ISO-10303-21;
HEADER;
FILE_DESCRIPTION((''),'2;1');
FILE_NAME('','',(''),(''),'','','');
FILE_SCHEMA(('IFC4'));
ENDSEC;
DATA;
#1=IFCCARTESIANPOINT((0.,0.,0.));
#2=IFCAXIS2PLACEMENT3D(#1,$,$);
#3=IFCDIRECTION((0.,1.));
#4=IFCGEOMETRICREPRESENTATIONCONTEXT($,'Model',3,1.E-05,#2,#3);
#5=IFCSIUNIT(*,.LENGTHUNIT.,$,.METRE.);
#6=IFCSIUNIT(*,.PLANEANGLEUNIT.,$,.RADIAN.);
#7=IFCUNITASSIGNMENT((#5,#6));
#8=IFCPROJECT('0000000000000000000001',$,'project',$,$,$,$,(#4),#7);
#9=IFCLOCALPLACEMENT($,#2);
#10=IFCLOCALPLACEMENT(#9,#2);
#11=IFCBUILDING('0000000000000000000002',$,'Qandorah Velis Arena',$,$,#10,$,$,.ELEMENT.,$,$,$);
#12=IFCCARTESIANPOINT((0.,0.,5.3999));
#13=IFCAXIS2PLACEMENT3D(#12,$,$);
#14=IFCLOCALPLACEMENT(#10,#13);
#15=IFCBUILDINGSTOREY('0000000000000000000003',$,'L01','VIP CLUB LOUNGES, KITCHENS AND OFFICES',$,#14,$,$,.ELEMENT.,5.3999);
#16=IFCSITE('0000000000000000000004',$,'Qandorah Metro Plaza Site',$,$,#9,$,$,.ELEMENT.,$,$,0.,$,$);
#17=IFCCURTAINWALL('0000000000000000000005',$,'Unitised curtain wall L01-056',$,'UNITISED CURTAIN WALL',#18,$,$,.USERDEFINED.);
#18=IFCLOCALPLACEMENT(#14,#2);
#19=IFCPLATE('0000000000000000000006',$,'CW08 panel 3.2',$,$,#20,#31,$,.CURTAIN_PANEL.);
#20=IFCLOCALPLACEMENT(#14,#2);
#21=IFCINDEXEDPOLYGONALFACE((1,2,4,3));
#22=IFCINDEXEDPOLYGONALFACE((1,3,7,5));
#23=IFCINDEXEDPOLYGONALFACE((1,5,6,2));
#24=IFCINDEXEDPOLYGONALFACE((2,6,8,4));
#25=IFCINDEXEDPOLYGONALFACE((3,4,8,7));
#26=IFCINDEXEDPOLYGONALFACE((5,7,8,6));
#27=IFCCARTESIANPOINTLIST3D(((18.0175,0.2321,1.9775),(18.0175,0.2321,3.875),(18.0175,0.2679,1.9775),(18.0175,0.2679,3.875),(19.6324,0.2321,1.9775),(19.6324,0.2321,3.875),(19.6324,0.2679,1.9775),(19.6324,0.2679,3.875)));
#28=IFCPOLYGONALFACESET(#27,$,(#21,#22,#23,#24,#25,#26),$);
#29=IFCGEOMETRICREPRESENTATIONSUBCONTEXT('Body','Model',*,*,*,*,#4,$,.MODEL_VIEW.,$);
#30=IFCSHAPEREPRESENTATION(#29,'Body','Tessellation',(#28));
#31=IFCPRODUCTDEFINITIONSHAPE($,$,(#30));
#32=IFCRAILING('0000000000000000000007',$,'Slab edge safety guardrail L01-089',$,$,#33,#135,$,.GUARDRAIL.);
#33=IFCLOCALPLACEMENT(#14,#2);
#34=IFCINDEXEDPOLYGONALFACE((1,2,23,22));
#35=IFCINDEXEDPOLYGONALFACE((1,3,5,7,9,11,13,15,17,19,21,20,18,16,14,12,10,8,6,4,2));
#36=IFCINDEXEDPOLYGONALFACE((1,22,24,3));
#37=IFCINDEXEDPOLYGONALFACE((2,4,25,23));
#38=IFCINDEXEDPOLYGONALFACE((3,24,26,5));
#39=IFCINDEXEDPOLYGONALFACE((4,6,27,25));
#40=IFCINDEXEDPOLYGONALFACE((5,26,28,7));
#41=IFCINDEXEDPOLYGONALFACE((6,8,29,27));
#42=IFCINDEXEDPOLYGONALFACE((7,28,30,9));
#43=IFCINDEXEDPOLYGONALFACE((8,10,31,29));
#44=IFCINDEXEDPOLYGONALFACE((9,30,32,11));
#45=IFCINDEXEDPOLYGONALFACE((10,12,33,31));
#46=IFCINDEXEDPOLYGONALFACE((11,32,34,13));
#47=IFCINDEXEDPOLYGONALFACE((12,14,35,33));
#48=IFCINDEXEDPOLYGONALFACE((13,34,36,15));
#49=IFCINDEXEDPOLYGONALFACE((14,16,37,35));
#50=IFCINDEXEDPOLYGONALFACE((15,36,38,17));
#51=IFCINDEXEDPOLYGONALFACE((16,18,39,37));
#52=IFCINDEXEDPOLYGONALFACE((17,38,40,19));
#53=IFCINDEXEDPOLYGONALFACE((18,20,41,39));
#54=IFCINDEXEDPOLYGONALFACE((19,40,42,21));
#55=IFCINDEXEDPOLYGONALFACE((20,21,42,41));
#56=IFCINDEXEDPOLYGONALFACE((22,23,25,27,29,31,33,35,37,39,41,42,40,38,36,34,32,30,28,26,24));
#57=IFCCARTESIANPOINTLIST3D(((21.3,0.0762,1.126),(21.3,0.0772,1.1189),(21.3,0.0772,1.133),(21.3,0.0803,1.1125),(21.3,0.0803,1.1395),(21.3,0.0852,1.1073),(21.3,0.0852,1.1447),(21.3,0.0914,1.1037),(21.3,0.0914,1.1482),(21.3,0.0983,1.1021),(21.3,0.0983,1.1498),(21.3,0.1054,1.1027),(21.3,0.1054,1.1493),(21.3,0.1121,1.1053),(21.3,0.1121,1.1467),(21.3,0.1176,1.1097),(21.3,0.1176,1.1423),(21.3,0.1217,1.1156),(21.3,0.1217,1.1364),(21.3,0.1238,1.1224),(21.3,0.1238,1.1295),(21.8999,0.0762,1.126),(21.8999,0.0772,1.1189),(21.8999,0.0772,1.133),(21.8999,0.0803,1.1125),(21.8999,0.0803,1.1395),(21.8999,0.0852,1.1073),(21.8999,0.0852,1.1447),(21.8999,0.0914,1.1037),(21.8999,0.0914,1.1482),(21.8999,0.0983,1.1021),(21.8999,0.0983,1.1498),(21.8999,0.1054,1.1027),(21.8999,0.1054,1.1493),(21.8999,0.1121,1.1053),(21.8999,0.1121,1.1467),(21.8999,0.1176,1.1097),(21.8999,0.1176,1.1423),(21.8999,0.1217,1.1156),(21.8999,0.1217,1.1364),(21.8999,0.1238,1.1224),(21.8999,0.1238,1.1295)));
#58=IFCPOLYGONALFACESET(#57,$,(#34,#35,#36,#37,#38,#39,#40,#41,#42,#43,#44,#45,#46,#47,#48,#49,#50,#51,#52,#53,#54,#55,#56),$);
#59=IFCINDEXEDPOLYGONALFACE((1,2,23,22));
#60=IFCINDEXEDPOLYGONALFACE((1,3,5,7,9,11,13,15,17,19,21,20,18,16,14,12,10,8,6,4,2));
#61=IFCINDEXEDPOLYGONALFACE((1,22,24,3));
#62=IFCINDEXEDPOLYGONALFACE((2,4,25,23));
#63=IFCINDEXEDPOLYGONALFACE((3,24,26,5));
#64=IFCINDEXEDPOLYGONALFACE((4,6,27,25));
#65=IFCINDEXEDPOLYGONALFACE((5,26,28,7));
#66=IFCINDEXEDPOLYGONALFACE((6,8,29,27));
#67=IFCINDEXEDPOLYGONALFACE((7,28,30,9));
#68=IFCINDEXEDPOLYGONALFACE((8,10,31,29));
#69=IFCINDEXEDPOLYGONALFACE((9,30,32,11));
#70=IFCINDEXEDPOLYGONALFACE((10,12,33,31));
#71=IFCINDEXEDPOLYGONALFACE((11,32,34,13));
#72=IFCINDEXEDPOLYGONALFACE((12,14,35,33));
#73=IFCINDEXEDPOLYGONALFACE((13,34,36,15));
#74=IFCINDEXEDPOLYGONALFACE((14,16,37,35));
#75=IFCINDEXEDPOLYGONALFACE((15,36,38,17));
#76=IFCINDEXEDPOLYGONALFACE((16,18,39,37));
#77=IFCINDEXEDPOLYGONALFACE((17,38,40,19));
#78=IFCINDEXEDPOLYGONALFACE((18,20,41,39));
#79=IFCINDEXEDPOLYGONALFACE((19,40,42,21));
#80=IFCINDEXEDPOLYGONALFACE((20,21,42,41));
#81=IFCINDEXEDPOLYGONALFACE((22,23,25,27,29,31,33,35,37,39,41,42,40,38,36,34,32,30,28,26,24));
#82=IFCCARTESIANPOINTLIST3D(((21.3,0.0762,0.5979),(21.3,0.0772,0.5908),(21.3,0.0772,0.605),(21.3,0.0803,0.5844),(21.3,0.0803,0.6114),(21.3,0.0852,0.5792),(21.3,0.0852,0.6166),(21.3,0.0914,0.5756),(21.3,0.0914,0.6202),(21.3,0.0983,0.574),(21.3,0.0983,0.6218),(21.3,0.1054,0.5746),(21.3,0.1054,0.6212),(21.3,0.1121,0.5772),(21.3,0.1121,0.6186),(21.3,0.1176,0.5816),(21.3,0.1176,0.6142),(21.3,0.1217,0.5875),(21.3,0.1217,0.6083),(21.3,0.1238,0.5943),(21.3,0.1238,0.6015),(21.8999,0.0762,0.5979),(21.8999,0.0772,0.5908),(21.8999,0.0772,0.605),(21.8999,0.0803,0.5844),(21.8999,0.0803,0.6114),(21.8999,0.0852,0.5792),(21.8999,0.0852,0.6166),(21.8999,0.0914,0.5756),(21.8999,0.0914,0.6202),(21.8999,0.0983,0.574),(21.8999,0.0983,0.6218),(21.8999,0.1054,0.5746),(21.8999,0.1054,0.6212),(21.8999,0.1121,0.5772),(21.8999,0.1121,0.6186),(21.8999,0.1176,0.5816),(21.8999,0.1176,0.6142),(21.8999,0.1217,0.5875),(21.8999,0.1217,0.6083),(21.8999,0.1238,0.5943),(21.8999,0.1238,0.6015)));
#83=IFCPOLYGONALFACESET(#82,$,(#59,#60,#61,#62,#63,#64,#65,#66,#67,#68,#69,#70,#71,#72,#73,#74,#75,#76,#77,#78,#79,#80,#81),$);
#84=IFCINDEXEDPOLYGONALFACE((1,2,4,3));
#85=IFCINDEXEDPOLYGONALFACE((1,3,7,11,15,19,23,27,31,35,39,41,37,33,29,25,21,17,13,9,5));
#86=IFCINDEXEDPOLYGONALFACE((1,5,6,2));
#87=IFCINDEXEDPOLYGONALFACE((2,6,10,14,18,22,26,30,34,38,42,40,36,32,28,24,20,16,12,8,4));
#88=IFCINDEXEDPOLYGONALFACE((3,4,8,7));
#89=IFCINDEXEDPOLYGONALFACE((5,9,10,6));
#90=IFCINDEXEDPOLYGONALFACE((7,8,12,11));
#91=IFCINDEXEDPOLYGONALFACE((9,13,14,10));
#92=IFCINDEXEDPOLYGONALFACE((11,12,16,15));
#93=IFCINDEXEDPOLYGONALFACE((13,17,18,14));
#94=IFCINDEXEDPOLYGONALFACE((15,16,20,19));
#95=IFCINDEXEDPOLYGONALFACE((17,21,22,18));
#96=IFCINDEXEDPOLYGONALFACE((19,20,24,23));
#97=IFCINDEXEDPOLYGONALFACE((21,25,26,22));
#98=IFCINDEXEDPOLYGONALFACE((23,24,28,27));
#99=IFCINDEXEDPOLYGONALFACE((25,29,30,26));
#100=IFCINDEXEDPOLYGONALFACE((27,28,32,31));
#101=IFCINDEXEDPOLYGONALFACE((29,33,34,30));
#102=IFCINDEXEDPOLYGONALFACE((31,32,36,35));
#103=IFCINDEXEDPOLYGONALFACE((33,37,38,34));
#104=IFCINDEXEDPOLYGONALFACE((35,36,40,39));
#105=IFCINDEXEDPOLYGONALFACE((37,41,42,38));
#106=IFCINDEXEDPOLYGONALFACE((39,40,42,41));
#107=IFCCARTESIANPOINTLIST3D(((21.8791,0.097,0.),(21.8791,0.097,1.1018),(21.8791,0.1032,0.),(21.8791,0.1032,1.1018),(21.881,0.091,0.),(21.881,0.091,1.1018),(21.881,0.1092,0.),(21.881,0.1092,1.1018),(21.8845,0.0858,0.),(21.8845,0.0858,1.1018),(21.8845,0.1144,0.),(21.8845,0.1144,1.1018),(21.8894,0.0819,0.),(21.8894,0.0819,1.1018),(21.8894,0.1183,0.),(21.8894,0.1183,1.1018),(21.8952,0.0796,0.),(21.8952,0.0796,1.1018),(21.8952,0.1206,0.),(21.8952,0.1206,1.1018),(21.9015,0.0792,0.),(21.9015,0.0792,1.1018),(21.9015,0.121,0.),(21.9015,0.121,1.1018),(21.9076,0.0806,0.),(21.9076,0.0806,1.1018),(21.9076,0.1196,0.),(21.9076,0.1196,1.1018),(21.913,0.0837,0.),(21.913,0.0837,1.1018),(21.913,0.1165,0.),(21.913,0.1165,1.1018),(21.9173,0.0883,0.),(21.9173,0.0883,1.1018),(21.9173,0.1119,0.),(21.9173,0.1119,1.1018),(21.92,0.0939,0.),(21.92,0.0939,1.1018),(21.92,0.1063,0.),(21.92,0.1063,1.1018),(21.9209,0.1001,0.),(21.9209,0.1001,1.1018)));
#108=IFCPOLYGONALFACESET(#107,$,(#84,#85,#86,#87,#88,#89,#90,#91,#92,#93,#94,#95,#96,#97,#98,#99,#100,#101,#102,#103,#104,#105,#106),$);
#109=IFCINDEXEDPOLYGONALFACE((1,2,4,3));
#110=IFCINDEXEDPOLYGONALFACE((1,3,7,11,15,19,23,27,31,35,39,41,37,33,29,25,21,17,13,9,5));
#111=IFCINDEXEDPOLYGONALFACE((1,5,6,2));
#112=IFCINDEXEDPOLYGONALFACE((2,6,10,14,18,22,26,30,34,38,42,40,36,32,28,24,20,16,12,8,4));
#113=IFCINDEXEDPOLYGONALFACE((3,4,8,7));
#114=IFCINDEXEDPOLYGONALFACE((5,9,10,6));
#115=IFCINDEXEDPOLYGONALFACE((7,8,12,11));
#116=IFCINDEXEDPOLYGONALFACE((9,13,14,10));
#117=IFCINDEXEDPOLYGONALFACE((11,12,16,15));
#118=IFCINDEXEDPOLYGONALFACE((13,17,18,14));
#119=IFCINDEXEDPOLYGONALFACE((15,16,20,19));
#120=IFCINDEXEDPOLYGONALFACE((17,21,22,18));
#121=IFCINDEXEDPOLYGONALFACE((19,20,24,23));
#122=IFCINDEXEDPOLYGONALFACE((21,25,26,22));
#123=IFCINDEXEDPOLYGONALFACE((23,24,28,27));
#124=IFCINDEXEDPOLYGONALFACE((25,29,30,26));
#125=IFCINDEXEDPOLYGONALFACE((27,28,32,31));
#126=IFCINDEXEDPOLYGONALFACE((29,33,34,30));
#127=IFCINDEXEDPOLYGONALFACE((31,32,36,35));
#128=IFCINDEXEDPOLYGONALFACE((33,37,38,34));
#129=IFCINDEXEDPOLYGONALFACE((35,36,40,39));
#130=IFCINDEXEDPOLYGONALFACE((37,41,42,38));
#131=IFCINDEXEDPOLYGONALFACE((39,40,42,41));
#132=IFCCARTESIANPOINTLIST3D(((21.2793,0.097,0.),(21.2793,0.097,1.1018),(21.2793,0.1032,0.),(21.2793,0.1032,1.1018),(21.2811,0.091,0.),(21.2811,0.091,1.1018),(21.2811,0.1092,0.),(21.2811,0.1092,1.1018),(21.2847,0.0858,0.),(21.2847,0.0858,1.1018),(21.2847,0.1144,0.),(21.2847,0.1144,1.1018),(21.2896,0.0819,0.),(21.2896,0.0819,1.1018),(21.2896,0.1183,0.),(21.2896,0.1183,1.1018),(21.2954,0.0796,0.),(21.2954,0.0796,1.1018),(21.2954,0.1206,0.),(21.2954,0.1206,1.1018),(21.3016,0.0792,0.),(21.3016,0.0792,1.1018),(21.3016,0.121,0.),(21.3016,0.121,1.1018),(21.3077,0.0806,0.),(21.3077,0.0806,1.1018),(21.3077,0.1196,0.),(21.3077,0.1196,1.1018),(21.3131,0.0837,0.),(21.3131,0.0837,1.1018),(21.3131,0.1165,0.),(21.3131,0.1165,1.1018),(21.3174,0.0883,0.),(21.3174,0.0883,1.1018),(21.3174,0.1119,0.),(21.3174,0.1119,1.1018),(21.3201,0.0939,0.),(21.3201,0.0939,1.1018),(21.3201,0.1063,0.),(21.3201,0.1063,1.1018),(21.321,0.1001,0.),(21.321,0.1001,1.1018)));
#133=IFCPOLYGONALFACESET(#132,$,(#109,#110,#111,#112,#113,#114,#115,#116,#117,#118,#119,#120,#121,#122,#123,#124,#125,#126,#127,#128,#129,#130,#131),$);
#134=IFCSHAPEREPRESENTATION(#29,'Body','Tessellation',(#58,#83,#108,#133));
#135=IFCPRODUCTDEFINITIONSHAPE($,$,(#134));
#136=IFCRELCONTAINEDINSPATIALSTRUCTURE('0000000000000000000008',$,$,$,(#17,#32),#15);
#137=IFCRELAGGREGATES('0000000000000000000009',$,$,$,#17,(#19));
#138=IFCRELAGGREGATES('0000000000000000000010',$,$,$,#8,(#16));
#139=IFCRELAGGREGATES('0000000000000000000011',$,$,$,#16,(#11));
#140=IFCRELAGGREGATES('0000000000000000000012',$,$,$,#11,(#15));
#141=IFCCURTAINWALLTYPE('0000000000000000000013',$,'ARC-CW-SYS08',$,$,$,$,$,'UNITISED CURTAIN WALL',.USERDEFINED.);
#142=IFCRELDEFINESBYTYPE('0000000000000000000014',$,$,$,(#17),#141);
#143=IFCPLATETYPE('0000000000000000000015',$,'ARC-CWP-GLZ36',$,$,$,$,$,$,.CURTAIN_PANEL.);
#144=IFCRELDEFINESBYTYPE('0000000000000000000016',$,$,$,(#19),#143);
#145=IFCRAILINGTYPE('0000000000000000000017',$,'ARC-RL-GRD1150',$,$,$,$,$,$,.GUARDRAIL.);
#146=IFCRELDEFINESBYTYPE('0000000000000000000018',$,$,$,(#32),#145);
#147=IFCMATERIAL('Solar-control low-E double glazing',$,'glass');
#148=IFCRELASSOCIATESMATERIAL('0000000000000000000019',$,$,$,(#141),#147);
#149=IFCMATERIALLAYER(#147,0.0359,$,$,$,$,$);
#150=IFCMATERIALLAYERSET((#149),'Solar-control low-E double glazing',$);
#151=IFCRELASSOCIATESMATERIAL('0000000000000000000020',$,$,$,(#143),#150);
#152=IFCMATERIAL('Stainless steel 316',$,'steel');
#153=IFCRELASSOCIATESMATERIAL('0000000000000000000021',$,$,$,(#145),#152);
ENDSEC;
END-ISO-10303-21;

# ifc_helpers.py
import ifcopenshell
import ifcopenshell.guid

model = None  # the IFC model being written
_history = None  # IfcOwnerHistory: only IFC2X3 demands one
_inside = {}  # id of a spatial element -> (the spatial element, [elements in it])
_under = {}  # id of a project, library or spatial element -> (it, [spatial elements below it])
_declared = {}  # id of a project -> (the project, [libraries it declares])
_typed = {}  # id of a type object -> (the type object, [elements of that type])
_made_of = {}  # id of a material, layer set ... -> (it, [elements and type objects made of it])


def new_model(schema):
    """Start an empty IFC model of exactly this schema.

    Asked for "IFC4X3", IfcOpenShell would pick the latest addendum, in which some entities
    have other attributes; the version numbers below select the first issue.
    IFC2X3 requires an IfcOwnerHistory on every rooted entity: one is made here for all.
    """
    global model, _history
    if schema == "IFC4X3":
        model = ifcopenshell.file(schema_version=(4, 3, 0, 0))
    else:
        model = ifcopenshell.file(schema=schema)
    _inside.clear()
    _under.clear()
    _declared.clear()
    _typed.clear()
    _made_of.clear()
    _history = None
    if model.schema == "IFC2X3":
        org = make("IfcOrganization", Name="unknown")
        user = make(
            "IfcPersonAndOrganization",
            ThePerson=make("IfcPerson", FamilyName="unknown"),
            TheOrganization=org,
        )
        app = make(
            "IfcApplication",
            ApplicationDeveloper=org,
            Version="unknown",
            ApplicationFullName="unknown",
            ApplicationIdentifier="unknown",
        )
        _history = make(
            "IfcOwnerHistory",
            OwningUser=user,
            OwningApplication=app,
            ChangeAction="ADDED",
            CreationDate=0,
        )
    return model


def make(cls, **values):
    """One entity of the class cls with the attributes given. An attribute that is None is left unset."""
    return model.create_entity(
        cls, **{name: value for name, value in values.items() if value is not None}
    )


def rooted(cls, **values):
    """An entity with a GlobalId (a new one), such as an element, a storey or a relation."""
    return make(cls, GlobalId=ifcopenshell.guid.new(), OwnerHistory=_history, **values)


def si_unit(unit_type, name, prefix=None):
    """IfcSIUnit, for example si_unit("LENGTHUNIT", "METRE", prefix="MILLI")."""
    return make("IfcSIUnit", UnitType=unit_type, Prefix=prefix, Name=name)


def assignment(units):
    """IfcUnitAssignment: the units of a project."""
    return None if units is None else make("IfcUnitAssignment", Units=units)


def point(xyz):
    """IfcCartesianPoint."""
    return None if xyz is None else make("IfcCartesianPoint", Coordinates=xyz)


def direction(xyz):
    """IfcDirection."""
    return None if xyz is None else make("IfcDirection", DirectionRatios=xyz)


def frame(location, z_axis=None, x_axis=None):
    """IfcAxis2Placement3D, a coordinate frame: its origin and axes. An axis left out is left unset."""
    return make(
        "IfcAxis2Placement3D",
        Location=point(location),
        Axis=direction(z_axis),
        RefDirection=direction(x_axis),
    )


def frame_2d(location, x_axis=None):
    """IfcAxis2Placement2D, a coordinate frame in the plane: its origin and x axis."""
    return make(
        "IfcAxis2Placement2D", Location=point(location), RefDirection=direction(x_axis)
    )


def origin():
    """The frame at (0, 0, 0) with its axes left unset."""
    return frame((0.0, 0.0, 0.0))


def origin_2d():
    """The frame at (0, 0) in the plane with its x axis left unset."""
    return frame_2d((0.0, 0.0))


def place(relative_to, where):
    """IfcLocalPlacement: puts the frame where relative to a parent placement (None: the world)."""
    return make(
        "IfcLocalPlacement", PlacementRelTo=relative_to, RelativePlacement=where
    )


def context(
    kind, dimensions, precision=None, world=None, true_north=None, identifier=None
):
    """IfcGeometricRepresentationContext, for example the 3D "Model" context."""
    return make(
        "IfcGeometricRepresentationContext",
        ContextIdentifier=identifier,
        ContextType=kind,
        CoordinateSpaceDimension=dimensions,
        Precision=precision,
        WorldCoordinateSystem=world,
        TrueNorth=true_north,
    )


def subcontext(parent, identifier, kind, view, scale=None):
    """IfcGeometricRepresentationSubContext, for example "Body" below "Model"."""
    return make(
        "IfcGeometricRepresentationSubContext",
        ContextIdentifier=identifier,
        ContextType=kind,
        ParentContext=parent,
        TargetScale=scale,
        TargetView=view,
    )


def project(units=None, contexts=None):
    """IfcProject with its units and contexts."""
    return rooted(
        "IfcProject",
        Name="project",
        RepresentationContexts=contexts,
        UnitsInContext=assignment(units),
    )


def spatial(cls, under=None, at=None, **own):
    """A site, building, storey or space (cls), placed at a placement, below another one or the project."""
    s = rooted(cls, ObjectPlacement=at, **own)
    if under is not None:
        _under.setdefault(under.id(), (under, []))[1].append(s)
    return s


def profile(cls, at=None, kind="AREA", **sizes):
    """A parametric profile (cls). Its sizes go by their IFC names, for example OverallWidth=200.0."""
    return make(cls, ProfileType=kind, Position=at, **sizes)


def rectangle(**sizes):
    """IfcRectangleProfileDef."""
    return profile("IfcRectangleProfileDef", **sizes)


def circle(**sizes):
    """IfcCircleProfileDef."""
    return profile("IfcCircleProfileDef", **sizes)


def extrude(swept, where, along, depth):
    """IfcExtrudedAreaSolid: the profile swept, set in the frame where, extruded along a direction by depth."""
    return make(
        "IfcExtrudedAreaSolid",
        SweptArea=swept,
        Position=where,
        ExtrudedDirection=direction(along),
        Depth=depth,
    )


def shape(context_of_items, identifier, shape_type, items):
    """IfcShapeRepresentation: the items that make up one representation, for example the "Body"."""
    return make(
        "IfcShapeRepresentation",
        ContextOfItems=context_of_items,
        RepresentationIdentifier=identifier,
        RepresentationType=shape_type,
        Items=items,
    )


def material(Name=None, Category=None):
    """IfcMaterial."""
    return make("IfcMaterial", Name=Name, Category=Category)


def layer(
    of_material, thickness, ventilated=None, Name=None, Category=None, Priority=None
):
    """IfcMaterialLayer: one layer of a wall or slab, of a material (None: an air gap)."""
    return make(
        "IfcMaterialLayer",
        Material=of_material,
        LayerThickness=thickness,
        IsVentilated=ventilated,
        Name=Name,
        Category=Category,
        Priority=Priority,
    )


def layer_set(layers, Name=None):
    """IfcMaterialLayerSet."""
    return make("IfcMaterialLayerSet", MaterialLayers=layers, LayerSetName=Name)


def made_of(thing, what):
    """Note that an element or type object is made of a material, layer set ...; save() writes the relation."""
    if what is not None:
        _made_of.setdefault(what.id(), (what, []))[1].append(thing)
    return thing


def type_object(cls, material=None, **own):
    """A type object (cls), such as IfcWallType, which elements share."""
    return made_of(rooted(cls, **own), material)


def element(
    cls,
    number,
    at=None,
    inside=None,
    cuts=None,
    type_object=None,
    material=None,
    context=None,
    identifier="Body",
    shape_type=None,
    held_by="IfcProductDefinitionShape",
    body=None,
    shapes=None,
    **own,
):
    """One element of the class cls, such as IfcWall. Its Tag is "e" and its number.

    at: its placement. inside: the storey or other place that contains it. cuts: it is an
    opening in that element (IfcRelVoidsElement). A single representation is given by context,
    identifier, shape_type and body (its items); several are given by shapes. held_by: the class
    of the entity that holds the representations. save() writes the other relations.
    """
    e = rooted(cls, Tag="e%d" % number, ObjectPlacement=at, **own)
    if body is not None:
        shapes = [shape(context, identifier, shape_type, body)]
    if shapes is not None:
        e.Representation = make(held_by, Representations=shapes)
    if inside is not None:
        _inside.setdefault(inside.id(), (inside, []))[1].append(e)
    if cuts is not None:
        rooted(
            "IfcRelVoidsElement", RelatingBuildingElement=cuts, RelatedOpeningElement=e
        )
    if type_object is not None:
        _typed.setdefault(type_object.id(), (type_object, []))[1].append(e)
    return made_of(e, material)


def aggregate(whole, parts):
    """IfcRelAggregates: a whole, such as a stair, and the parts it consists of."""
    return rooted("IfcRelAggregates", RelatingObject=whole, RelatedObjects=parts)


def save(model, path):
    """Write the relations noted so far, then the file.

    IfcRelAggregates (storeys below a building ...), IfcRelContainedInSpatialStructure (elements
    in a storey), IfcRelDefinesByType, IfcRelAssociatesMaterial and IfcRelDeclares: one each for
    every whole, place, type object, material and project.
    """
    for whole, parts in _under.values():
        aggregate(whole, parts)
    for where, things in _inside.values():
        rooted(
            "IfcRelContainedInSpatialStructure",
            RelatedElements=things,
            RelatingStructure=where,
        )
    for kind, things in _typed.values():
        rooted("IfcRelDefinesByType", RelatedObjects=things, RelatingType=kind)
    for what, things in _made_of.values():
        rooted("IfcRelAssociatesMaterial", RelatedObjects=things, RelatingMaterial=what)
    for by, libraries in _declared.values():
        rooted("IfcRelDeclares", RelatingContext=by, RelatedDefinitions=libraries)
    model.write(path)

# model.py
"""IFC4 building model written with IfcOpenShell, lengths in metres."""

from ifc_helpers import new_model, si_unit, direction, frame, origin, origin_2d, place, context, subcontext, project, spatial, rectangle, circle, extrude, material, layer, layer_set, type_object, element, aggregate, save


model = new_model("IFC4")

# Units and contexts
model_context = context("Model", 3, precision=1e-05, world=origin(), true_north=direction((0.0, 1.0)))
body_context = subcontext(model_context, "Body", "Model", "MODEL_VIEW")
ifc_project = project(units=[si_unit("LENGTHUNIT", "METRE"), si_unit("PLANEANGLEUNIT", "RADIAN")], contexts=[model_context])

# Site, building, storey
site_placement = place(None, origin())
site = spatial("IfcSite", under=ifc_project, at=site_placement, Name="Qandorah Metro Plaza Site", CompositionType="ELEMENT", RefElevation=0.0)
building_placement = place(site_placement, origin())
building = spatial("IfcBuilding", under=site, at=building_placement, Name="Qandorah Velis Arena", CompositionType="ELEMENT")
storey_placement = place(building_placement, frame((0.0, 0.0, 5.3999)))
storey = spatial("IfcBuildingStorey", under=building, at=storey_placement, Name="L01", Description="VIP CLUB LOUNGES, KITCHENS AND OFFICES", CompositionType="ELEMENT", Elevation=5.3999)

# Curtain wall
ifc_material_1 = material(Name="Solar-control low-E double glazing", Category="glass")
curtain_wall_type = type_object("IfcCurtainWallType", Name="ARC-CW-SYS08", ElementType="UNITISED CURTAIN WALL", PredefinedType="USERDEFINED", material=ifc_material_1)
curtain_wall_placement = place(storey_placement, origin())
curtain_wall = element("IfcCurtainWall", 1, at=curtain_wall_placement, inside=storey, type_object=curtain_wall_type, Name="Unitised curtain wall L01-056", ObjectType="UNITISED CURTAIN WALL", PredefinedType="USERDEFINED")

# Plate
ifc_layer = layer(ifc_material_1, 0.0359)
ifc_layer_set = layer_set([ifc_layer], Name="Solar-control low-E double glazing")
plate_type = type_object("IfcPlateType", Name="ARC-CWP-GLZ36", PredefinedType="CURTAIN_PANEL", material=ifc_layer_set)
plate_1_placement = place(storey_placement, frame((18.825, 0.25, 1.9775), z_axis=(0.0, 0.0, 1.0), x_axis=(1.0, 0.0, 0.0)))
plate_1 = element("IfcPlate", 2, at=plate_1_placement, type_object=plate_type, Name="CW08 panel 3.2", PredefinedType="CURTAIN_PANEL", context=body_context, shape_type="SweptSolid", body=[
    extrude(rectangle(XDim=1.615, YDim=0.0359, at=origin_2d()), origin(), (0.0, 0.0, 1.0), 1.8975),
])
aggregate(curtain_wall, [plate_1])

# Railing
ifc_material_2 = material(Name="Stainless steel 316", Category="steel")
railing_type = type_object("IfcRailingType", Name="ARC-RL-GRD1150", PredefinedType="GUARDRAIL", material=ifc_material_2)
railing_placement = place(storey_placement, frame((21.8999, 0.1001, 0.0)))
element("IfcRailing", 3, at=railing_placement, inside=storey, type_object=railing_type, Name="Slab edge safety guardrail L01-089", PredefinedType="GUARDRAIL", context=body_context, shape_type="SweptSolid", body=[
    extrude(circle(Radius=0.0239, at=origin_2d()), frame((0.0, 0.0, 1.126), z_axis=(-1.0, 0.0, 0.0), x_axis=(0.0, -1.0, 0.0)), (0.0, 0.0, 1.0), 0.5999),
    extrude(circle(Radius=0.0239, at=origin_2d()), frame((0.0, 0.0, 0.5979), z_axis=(-1.0, 0.0, 0.0), x_axis=(0.0, -1.0, 0.0)), (0.0, 0.0, 1.0), 0.5999),
    extrude(circle(Radius=0.021, at=origin_2d()), origin(), (0.0, 0.0, 1.0), 1.1018),
    extrude(circle(Radius=0.021, at=origin_2d()), frame((-0.5999, 0.0, 0.0)), (0.0, 0.0, 1.0), 1.1018),
])

save(model, "model.ifc")
